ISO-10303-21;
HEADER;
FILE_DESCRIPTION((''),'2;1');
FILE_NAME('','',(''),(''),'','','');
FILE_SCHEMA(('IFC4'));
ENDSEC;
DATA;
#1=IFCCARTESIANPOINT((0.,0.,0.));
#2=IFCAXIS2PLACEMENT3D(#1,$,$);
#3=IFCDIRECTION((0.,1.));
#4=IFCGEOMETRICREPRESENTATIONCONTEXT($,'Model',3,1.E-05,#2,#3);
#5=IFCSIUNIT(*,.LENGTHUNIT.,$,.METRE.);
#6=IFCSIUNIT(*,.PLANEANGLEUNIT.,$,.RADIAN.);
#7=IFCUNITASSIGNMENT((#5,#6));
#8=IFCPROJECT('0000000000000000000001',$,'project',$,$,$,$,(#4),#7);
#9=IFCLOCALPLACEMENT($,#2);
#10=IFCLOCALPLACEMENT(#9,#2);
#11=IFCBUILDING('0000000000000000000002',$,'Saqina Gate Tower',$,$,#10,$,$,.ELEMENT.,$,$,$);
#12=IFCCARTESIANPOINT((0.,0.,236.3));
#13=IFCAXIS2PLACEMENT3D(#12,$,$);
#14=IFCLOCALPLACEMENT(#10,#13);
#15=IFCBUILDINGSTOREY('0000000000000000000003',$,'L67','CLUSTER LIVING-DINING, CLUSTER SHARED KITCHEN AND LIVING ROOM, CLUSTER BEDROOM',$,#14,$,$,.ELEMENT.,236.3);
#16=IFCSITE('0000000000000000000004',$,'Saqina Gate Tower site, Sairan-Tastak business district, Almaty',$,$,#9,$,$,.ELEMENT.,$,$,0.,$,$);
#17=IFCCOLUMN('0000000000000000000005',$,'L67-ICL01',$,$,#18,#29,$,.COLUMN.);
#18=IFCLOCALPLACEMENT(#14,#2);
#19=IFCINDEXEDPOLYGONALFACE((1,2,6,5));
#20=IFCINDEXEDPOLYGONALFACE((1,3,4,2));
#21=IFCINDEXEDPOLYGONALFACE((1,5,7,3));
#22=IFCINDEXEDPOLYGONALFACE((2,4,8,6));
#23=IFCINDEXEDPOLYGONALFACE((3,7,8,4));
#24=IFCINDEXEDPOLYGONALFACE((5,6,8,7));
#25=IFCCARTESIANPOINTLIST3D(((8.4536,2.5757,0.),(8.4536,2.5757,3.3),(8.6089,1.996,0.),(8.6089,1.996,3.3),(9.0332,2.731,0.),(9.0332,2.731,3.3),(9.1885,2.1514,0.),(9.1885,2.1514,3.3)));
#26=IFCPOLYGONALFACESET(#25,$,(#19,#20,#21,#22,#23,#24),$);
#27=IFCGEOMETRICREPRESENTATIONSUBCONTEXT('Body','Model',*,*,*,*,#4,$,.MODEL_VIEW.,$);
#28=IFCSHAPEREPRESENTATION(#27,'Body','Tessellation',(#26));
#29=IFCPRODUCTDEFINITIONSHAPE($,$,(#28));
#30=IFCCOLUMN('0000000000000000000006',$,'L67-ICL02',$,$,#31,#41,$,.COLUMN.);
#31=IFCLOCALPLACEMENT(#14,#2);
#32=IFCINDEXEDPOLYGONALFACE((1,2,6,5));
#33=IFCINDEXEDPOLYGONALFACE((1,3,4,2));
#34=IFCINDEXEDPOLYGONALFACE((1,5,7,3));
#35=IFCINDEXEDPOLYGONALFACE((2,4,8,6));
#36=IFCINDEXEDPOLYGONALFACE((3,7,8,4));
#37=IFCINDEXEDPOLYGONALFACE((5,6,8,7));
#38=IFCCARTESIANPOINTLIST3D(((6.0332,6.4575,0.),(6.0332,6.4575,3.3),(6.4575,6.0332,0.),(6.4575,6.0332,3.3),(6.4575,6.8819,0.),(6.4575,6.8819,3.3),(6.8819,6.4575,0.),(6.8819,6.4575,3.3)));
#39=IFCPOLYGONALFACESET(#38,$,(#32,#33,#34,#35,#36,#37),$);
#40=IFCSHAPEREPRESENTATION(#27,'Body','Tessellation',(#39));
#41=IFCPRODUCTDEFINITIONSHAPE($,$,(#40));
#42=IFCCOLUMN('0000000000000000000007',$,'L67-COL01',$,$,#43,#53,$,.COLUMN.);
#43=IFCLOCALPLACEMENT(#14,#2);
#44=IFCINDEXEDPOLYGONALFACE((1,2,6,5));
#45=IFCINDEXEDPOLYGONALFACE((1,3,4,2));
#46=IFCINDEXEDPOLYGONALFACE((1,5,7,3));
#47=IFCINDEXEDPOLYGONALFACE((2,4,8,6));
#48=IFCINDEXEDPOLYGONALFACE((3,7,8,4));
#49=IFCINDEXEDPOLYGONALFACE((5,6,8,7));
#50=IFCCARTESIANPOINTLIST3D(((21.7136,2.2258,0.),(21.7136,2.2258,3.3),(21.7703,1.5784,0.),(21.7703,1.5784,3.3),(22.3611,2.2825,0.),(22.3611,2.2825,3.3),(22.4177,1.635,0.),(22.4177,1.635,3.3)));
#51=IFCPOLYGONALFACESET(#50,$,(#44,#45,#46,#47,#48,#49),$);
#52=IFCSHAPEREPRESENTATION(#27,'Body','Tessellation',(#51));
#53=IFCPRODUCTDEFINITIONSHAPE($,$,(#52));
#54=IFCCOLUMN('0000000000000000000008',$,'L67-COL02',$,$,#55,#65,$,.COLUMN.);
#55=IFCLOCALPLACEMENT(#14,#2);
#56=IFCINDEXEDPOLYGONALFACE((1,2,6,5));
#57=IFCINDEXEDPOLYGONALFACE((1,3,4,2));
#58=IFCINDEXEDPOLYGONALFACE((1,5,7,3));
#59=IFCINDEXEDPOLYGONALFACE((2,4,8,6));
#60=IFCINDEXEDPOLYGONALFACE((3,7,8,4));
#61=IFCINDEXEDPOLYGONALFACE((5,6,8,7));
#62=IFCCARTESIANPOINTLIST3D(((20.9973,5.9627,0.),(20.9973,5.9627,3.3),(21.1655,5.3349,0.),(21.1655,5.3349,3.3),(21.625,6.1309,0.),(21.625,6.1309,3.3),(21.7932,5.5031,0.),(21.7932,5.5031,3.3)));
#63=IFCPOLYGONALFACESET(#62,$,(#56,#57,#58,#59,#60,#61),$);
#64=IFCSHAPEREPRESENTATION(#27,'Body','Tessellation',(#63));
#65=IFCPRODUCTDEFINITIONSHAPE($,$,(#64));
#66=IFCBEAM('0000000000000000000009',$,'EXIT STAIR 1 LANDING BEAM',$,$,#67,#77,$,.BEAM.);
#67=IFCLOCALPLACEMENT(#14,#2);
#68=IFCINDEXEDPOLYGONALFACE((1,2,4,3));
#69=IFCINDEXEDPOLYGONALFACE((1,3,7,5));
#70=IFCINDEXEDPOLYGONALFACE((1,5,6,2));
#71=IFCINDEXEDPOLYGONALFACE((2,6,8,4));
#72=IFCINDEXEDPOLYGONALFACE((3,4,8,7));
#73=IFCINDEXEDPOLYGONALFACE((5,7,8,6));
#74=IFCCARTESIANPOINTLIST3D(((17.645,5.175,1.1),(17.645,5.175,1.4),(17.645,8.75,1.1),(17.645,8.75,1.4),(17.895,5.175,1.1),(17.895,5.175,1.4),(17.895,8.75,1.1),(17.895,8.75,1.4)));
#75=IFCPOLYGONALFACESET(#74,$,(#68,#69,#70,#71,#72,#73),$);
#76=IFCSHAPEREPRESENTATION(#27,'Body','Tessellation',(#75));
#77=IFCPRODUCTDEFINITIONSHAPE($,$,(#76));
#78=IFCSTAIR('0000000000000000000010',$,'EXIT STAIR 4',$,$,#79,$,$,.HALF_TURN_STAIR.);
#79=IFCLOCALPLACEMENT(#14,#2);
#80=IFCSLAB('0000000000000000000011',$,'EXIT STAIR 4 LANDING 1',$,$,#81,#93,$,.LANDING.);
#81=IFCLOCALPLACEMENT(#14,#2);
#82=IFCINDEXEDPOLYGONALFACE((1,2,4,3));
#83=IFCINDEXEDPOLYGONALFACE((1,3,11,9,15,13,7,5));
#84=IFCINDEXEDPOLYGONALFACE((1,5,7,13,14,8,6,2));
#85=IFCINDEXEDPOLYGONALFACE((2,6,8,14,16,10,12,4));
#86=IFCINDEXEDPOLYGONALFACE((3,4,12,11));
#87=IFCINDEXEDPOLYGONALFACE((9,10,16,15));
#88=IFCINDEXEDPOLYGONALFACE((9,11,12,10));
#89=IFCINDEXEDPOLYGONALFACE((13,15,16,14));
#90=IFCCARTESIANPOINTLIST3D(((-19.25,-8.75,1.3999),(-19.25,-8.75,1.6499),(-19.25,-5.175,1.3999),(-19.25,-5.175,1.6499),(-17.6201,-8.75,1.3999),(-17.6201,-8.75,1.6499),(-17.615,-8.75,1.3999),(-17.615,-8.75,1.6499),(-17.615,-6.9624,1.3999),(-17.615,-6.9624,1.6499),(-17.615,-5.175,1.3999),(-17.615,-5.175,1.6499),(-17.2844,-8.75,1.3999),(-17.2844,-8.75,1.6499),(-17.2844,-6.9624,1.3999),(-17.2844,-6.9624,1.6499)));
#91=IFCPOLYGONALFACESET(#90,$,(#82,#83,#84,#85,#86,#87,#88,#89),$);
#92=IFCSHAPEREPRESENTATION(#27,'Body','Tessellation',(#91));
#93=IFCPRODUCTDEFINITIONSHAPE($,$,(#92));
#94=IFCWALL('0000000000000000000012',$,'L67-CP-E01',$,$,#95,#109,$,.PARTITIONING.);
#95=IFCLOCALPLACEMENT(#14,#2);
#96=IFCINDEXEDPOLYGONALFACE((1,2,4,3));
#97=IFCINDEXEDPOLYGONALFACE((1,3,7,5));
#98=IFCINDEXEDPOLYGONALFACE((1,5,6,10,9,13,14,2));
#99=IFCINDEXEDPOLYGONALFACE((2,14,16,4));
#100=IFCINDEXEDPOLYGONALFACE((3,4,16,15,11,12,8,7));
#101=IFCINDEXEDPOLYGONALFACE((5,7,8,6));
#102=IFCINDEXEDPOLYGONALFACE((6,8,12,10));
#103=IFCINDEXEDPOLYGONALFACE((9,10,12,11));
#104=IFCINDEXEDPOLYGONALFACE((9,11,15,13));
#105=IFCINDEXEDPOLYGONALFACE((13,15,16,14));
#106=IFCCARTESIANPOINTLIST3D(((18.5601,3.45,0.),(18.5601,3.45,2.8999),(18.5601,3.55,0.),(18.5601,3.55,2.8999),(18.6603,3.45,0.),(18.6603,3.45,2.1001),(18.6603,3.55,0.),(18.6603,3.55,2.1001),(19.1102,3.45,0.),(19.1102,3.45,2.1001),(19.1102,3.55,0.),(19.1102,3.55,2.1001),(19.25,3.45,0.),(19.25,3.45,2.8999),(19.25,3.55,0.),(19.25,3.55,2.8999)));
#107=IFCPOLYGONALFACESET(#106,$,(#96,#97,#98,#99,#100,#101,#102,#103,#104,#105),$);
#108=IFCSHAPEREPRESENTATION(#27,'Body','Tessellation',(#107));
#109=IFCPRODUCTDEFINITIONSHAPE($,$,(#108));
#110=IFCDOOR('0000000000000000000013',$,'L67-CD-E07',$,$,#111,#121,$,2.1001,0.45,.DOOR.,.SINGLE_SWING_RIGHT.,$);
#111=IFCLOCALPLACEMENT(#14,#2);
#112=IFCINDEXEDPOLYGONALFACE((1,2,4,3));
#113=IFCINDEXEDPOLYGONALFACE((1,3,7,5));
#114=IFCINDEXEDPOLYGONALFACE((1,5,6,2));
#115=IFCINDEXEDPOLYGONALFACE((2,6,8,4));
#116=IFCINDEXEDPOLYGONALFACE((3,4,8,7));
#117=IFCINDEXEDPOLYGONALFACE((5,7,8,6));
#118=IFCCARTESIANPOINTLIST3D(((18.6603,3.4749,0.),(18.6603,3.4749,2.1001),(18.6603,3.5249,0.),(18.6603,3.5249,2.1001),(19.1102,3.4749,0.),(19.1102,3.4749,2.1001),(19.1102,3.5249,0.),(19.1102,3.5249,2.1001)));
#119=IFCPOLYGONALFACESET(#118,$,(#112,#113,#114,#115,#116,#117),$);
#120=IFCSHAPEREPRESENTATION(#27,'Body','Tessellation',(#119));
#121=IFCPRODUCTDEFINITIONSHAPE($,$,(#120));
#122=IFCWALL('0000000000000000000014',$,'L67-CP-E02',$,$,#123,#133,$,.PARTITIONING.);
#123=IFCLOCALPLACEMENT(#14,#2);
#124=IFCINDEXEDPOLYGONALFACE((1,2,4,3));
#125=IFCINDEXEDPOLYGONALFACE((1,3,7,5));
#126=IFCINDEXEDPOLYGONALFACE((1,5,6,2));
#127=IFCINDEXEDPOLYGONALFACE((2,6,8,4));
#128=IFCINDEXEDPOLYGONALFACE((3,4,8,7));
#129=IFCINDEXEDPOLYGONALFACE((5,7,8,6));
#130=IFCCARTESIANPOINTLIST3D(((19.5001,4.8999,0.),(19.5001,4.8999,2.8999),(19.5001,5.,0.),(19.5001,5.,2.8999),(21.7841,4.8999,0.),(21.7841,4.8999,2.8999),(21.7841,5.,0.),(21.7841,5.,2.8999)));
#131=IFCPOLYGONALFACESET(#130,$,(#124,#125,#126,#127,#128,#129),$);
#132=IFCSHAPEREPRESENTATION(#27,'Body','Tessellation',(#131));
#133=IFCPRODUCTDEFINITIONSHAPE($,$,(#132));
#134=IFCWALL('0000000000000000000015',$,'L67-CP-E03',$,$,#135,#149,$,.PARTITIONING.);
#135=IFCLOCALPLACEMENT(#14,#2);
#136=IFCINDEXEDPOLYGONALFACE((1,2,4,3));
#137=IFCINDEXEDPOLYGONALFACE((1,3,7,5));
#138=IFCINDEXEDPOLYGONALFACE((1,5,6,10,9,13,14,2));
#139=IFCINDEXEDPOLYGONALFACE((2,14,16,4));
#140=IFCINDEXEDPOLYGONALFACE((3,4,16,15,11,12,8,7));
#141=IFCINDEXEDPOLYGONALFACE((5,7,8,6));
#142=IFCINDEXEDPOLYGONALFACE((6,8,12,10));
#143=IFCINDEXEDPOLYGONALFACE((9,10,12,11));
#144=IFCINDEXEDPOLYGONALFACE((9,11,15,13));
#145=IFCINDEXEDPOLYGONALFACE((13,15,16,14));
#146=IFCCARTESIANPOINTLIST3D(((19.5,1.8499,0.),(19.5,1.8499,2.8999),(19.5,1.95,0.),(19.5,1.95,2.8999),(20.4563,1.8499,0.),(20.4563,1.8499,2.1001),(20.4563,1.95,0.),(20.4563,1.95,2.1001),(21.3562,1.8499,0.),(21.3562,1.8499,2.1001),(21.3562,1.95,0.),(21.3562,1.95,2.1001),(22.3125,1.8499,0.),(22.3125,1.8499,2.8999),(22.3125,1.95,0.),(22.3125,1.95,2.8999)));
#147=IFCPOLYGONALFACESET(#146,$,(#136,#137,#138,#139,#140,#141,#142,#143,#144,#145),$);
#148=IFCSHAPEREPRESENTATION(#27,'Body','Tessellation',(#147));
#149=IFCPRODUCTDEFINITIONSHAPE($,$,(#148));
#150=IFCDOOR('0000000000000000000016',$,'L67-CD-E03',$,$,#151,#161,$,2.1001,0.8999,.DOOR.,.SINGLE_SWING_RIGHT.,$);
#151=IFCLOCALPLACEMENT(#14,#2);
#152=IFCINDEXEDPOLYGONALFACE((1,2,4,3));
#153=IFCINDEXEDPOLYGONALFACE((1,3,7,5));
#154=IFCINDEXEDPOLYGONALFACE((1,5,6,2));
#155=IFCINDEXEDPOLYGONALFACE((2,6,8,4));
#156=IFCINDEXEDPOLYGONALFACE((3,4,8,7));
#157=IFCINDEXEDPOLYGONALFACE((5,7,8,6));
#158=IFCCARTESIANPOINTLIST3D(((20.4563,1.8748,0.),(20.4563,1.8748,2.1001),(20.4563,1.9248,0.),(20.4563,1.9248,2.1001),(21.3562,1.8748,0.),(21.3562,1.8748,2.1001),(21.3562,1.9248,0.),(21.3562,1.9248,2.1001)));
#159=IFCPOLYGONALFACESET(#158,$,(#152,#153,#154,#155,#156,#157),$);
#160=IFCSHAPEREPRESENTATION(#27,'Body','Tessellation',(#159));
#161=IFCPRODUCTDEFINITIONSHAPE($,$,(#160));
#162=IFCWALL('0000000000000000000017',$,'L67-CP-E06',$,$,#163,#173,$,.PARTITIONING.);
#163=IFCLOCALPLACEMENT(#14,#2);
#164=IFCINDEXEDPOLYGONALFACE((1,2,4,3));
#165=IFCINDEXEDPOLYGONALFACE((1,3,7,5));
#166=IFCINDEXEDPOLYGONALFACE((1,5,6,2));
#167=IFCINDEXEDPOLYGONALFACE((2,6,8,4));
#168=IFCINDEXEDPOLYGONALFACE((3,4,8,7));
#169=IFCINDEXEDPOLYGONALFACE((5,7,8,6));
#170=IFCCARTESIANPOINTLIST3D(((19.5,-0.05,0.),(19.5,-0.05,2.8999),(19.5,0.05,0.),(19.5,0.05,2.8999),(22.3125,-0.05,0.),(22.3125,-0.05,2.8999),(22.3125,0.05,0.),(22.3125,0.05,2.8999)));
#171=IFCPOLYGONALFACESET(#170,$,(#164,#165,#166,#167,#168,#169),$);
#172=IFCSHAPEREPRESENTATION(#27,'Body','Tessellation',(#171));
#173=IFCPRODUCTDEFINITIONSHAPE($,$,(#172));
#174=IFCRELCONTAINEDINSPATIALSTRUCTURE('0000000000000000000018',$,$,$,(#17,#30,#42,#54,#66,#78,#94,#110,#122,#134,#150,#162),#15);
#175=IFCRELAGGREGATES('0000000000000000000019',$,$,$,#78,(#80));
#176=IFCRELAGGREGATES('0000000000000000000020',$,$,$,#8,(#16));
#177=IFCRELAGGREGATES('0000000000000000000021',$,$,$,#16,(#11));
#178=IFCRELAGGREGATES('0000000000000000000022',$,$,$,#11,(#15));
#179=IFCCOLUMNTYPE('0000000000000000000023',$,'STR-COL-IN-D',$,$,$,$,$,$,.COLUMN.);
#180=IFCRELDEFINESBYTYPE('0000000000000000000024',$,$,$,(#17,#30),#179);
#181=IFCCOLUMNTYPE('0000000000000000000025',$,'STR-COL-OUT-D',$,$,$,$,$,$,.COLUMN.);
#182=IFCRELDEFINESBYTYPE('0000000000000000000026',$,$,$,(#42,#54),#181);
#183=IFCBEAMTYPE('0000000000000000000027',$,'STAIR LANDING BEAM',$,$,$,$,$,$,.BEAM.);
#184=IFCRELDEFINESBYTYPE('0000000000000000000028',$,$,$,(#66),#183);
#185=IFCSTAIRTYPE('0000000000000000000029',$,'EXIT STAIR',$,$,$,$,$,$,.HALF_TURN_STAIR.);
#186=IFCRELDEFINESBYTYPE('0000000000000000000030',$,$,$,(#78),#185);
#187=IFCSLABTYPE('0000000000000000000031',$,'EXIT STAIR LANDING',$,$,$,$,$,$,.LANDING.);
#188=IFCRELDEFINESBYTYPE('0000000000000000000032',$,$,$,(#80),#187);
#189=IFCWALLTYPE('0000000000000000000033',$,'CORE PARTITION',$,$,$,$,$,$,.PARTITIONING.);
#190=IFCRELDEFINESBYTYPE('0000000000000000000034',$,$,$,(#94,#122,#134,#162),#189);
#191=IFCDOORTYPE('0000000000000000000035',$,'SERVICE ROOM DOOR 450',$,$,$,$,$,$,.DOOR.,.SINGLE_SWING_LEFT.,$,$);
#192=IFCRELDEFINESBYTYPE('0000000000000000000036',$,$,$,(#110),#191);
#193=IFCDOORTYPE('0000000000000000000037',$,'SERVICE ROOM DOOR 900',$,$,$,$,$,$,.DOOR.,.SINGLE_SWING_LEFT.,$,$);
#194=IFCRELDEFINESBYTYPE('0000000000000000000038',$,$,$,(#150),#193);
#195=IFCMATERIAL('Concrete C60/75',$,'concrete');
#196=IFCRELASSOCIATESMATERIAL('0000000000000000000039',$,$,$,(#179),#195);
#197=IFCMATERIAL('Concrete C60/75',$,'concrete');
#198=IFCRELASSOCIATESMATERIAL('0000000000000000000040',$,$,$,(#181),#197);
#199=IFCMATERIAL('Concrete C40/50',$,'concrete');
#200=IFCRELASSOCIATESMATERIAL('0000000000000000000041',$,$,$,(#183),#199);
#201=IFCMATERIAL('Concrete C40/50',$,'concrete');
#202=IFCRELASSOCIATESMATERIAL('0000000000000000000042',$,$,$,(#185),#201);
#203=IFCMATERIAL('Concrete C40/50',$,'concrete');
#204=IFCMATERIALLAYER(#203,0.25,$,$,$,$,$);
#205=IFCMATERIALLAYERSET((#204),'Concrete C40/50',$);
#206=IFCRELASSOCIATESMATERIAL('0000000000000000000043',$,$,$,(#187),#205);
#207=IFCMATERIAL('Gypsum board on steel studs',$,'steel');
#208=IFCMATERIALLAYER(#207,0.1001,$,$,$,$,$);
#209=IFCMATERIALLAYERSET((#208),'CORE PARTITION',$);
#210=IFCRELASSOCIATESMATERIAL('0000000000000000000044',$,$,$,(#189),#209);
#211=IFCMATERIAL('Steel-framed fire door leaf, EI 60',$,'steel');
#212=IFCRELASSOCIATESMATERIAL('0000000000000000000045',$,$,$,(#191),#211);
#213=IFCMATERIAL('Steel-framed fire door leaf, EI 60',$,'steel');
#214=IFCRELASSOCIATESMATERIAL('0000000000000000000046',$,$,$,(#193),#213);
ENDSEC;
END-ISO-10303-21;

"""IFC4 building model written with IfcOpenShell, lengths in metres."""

from ifc_helpers import new_model, si_unit, direction, frame, frame_2d, origin, origin_2d, place, context, subcontext, project, spatial, polyline, rectangle, outline, extrude, material, layer, layer_set, material_profile, profile_set, type_object, element, fill, aggregate, save


model = new_model("IFC4")

# Units and contexts
model_context = context("Model", 3, precision=1e-05, world=origin(), true_north=direction((0.0, 1.0)))
body_context = subcontext(model_context, "Body", "Model", "MODEL_VIEW")
ifc_project = project(units=[si_unit("LENGTHUNIT", "METRE"), si_unit("PLANEANGLEUNIT", "RADIAN")], contexts=[model_context])

# Site, building, storey
site_placement = place(None, origin())
site = spatial("IfcSite", under=ifc_project, at=site_placement, Name="Saqina Gate Tower site, Sairan-Tastak business district, Almaty", CompositionType="ELEMENT", RefElevation=0.0)
building_placement = place(site_placement, origin())
building = spatial("IfcBuilding", under=site, at=building_placement, Name="Saqina Gate Tower", CompositionType="ELEMENT")
storey_placement = place(building_placement, frame((0.0, 0.0, 236.3)))
storey = spatial("IfcBuildingStorey", under=building, at=storey_placement, Name="L67", Description="CLUSTER LIVING-DINING, CLUSTER SHARED KITCHEN AND LIVING ROOM, CLUSTER BEDROOM", CompositionType="ELEMENT", Elevation=236.3)

# Columns
ifc_material_1 = material(Name="Concrete C60/75", Category="concrete")
ifc_material_profile_1 = material_profile(ifc_material_1, rectangle(XDim=0.6001, YDim=0.6001, at=origin_2d()), Name="RC 600x600")
ifc_profile_set_1 = profile_set([ifc_material_profile_1], Name="Concrete C60/75")
column_type_1 = type_object("IfcColumnType", Name="STR-COL-IN-D", PredefinedType="COLUMN", material=ifc_profile_set_1)
for number, where, z_axis, x_axis, name in (
    (1, (8.821, 2.3635, 0.0), (0.0, 0.0, 1.0), (0.965926, 0.258819, 0.0), "L67-ICL01"),
    (2, (6.4575, 6.4575, 0.0), (0.0, 0.0, 1.0), (0.707107, 0.707107, 0.0), "L67-ICL02"),
):
    element("IfcColumn", number, at=place(storey_placement, frame(where, z_axis=z_axis, x_axis=x_axis)), inside=storey, type_object=column_type_1, Name=name, PredefinedType="COLUMN", context=body_context, shape_type="SweptSolid", body=[
        extrude(rectangle(XDim=0.6001, YDim=0.6001, at=origin_2d()), origin(), (0.0, 0.0, 1.0), 3.3),
    ])
ifc_material_2 = material(Name="Concrete C60/75", Category="concrete")
ifc_material_profile_2 = material_profile(ifc_material_2, rectangle(XDim=0.6499, YDim=0.6499, at=origin_2d()), Name="RC 650x650")
ifc_profile_set_2 = profile_set([ifc_material_profile_2], Name="Concrete C60/75")
column_type_2 = type_object("IfcColumnType", Name="STR-COL-OUT-D", PredefinedType="COLUMN", material=ifc_profile_set_2)
for number, where, z_axis, x_axis, name in (
    (3, (22.0657, 1.9304, 0.0), (0.0, 0.0, 1.0), (0.996195, 0.087156, 0.0), "L67-COL01"),
    (4, (21.3953, 5.7329, 0.0), (0.0, 0.0, 1.0), (0.965926, 0.258819, 0.0), "L67-COL02"),
):
    element("IfcColumn", number, at=place(storey_placement, frame(where, z_axis=z_axis, x_axis=x_axis)), inside=storey, type_object=column_type_2, Name=name, PredefinedType="COLUMN", context=body_context, shape_type="SweptSolid", body=[
        extrude(rectangle(XDim=0.6499, YDim=0.6499, at=origin_2d()), origin(), (0.0, 0.0, 1.0), 3.3),
    ])

# Beam
ifc_material_3 = material(Name="Concrete C40/50", Category="concrete")
ifc_material_profile_3 = material_profile(ifc_material_3, rectangle(XDim=0.25, YDim=0.3, at=origin_2d()), Name="STAIR LANDING BEAM")
ifc_profile_set_3 = profile_set([ifc_material_profile_3], Name="Concrete C40/50")
beam_type = type_object("IfcBeamType", Name="STAIR LANDING BEAM", PredefinedType="BEAM", material=ifc_profile_set_3)
beam_placement = place(storey_placement, frame((17.77, 5.175, 1.25), z_axis=(0.0, 1.0, 0.0), x_axis=(-1.0, 0.0, 0.0)))
element("IfcBeam", 5, at=beam_placement, inside=storey, type_object=beam_type, Name="EXIT STAIR 1 LANDING BEAM", PredefinedType="BEAM", context=body_context, shape_type="SweptSolid", body=[
    extrude(rectangle(XDim=0.25, YDim=0.3, at=origin_2d()), origin(), (0.0, 0.0, 1.0), 3.575),
])

# Stair, slab
ifc_material_4 = material(Name="Concrete C40/50", Category="concrete")
stair_type = type_object("IfcStairType", Name="EXIT STAIR", PredefinedType="HALF_TURN_STAIR", material=ifc_material_4)
stair_1_placement = place(storey_placement, origin())
stair_1 = element("IfcStair", 6, at=stair_1_placement, inside=storey, type_object=stair_type, Name="EXIT STAIR 4", PredefinedType="HALF_TURN_STAIR")
ifc_material_5 = material(Name="Concrete C40/50", Category="concrete")
ifc_layer_1 = layer(ifc_material_5, 0.25)
ifc_layer_set_1 = layer_set([ifc_layer_1], Name="Concrete C40/50")
slab_type = type_object("IfcSlabType", Name="EXIT STAIR LANDING", PredefinedType="LANDING", material=ifc_layer_set_1)
slab_placement = place(storey_placement, frame((0.0, 0.0, 1.3999)))
slab = element("IfcSlab", 7, at=slab_placement, type_object=slab_type, Name="EXIT STAIR 4 LANDING 1", PredefinedType="LANDING", context=body_context, shape_type="SweptSolid", body=[
    extrude(outline(polyline([(-17.2844, -6.9624), (-17.2844, -8.75), (-17.615, -8.75), (-17.6201, -8.75), (-19.25, -8.75), (-19.25, -5.175), (-17.615, -5.175), (-17.615, -6.9624), (-17.2844, -6.9624)])), origin(), (0.0, 0.0, 1.0), 0.25),
])
aggregate(stair_1, [slab])

# Wall, opening, door
ifc_material_6 = material(Name="Gypsum board on steel studs", Category="steel")
ifc_layer_2 = layer(ifc_material_6, 0.1001)
ifc_layer_set_2 = layer_set([ifc_layer_2], Name="CORE PARTITION")
wall_type_1 = type_object("IfcWallType", Name="CORE PARTITION", PredefinedType="PARTITIONING", material=ifc_layer_set_2)
wall_1_placement = place(storey_placement, frame((18.5601, 3.5, 0.0), z_axis=(0.0, 0.0, 1.0), x_axis=(1.0, 0.0, 0.0)))
wall_1 = element("IfcWall", 8, at=wall_1_placement, inside=storey, type_object=wall_type_1, Name="L67-CP-E01", PredefinedType="PARTITIONING", context=body_context, shape_type="SweptSolid", body=[
    extrude(rectangle(XDim=0.6899, YDim=0.1001, at=frame_2d((0.345, 0.0))), origin(), (0.0, 0.0, 1.0), 2.8999),
])
opening_1_placement = place(wall_1_placement, frame((0.1001, 0.0, 0.0)))
opening_1 = element("IfcOpeningElement", 9, at=opening_1_placement, cuts=wall_1, PredefinedType="OPENING", context=body_context, shape_type="SweptSolid", body=[
    extrude(rectangle(XDim=0.45, YDim=2.1001, at=frame_2d((0.2251, 1.05))), frame((0.0, 0.062, 0.0), z_axis=(0.0, -1.0, 0.0), x_axis=(1.0, 0.0, 0.0)), (0.0, 0.0, 1.0), 0.124),
])
ifc_material_7 = material(Name="Steel-framed fire door leaf, EI 60", Category="steel")
door_type_1 = type_object("IfcDoorType", Name="SERVICE ROOM DOOR 450", OperationType="SINGLE_SWING_LEFT", PredefinedType="DOOR", material=ifc_material_7)
door_1_placement = place(opening_1_placement, origin())
door_1 = element("IfcDoor", 10, at=door_1_placement, inside=storey, type_object=door_type_1, Name="L67-CD-E07", OperationType="SINGLE_SWING_RIGHT", OverallHeight=2.1001, OverallWidth=0.45, PredefinedType="DOOR", context=body_context, shape_type="SweptSolid", body=[
    extrude(rectangle(XDim=0.45, YDim=2.1001, at=frame_2d((0.2251, 1.05))), frame((0.0, 0.0249, 0.0), z_axis=(0.0, -1.0, 0.0), x_axis=(1.0, 0.0, 0.0)), (0.0, 0.0, 1.0), 0.05),
])
fill(opening_1, door_1)

# Wall
wall_2_placement = place(storey_placement, frame((19.5, 4.95, 0.0), z_axis=(0.0, 0.0, 1.0), x_axis=(1.0, 0.0, 0.0)))
element("IfcWall", 11, at=wall_2_placement, inside=storey, type_object=wall_type_1, Name="L67-CP-E02", PredefinedType="PARTITIONING", context=body_context, shape_type="SweptSolid", body=[
    extrude(rectangle(XDim=2.2839, YDim=0.1001, at=frame_2d((1.1421, 0.0))), origin(), (0.0, 0.0, 1.0), 2.8999),
])

# Wall, opening, door
wall_3_placement = place(storey_placement, frame((19.5, 1.8999, 0.0), z_axis=(0.0, 0.0, 1.0), x_axis=(1.0, 0.0, 0.0)))
wall_3 = element("IfcWall", 12, at=wall_3_placement, inside=storey, type_object=wall_type_1, Name="L67-CP-E03", PredefinedType="PARTITIONING", context=body_context, shape_type="SweptSolid", body=[
    extrude(rectangle(XDim=2.8125, YDim=0.1001, at=frame_2d((1.4062, 0.0))), origin(), (0.0, 0.0, 1.0), 2.8999),
])
opening_2_placement = place(wall_3_placement, frame((0.9563, 0.0, 0.0)))
opening_2 = element("IfcOpeningElement", 13, at=opening_2_placement, cuts=wall_3, PredefinedType="OPENING", context=body_context, shape_type="SweptSolid", body=[
    extrude(rectangle(XDim=0.8999, YDim=2.1001, at=frame_2d((0.45, 1.05))), frame((0.0, 0.062, 0.0), z_axis=(0.0, -1.0, 0.0), x_axis=(1.0, 0.0, 0.0)), (0.0, 0.0, 1.0), 0.124),
])
ifc_material_8 = material(Name="Steel-framed fire door leaf, EI 60", Category="steel")
door_type_2 = type_object("IfcDoorType", Name="SERVICE ROOM DOOR 900", OperationType="SINGLE_SWING_LEFT", PredefinedType="DOOR", material=ifc_material_8)
door_2_placement = place(opening_2_placement, origin())
door_2 = element("IfcDoor", 14, at=door_2_placement, inside=storey, type_object=door_type_2, Name="L67-CD-E03", OperationType="SINGLE_SWING_RIGHT", OverallHeight=2.1001, OverallWidth=0.8999, PredefinedType="DOOR", context=body_context, shape_type="SweptSolid", body=[
    extrude(rectangle(XDim=0.8999, YDim=2.1001, at=frame_2d((0.45, 1.05))), frame((0.0, 0.0249, 0.0), z_axis=(0.0, -1.0, 0.0), x_axis=(1.0, 0.0, 0.0)), (0.0, 0.0, 1.0), 0.05),
])
fill(opening_2, door_2)

# Wall
wall_4_placement = place(storey_placement, frame((19.5, 0.0, 0.0), z_axis=(0.0, 0.0, 1.0), x_axis=(1.0, 0.0, 0.0)))
element("IfcWall", 15, at=wall_4_placement, inside=storey, type_object=wall_type_1, Name="L67-CP-E06", PredefinedType="PARTITIONING", context=body_context, shape_type="SweptSolid", body=[
    extrude(rectangle(XDim=2.8125, YDim=0.1001, at=frame_2d((1.4062, 0.0))), origin(), (0.0, 0.0, 1.0), 2.8999),
])

save(model, "model.ifc")
